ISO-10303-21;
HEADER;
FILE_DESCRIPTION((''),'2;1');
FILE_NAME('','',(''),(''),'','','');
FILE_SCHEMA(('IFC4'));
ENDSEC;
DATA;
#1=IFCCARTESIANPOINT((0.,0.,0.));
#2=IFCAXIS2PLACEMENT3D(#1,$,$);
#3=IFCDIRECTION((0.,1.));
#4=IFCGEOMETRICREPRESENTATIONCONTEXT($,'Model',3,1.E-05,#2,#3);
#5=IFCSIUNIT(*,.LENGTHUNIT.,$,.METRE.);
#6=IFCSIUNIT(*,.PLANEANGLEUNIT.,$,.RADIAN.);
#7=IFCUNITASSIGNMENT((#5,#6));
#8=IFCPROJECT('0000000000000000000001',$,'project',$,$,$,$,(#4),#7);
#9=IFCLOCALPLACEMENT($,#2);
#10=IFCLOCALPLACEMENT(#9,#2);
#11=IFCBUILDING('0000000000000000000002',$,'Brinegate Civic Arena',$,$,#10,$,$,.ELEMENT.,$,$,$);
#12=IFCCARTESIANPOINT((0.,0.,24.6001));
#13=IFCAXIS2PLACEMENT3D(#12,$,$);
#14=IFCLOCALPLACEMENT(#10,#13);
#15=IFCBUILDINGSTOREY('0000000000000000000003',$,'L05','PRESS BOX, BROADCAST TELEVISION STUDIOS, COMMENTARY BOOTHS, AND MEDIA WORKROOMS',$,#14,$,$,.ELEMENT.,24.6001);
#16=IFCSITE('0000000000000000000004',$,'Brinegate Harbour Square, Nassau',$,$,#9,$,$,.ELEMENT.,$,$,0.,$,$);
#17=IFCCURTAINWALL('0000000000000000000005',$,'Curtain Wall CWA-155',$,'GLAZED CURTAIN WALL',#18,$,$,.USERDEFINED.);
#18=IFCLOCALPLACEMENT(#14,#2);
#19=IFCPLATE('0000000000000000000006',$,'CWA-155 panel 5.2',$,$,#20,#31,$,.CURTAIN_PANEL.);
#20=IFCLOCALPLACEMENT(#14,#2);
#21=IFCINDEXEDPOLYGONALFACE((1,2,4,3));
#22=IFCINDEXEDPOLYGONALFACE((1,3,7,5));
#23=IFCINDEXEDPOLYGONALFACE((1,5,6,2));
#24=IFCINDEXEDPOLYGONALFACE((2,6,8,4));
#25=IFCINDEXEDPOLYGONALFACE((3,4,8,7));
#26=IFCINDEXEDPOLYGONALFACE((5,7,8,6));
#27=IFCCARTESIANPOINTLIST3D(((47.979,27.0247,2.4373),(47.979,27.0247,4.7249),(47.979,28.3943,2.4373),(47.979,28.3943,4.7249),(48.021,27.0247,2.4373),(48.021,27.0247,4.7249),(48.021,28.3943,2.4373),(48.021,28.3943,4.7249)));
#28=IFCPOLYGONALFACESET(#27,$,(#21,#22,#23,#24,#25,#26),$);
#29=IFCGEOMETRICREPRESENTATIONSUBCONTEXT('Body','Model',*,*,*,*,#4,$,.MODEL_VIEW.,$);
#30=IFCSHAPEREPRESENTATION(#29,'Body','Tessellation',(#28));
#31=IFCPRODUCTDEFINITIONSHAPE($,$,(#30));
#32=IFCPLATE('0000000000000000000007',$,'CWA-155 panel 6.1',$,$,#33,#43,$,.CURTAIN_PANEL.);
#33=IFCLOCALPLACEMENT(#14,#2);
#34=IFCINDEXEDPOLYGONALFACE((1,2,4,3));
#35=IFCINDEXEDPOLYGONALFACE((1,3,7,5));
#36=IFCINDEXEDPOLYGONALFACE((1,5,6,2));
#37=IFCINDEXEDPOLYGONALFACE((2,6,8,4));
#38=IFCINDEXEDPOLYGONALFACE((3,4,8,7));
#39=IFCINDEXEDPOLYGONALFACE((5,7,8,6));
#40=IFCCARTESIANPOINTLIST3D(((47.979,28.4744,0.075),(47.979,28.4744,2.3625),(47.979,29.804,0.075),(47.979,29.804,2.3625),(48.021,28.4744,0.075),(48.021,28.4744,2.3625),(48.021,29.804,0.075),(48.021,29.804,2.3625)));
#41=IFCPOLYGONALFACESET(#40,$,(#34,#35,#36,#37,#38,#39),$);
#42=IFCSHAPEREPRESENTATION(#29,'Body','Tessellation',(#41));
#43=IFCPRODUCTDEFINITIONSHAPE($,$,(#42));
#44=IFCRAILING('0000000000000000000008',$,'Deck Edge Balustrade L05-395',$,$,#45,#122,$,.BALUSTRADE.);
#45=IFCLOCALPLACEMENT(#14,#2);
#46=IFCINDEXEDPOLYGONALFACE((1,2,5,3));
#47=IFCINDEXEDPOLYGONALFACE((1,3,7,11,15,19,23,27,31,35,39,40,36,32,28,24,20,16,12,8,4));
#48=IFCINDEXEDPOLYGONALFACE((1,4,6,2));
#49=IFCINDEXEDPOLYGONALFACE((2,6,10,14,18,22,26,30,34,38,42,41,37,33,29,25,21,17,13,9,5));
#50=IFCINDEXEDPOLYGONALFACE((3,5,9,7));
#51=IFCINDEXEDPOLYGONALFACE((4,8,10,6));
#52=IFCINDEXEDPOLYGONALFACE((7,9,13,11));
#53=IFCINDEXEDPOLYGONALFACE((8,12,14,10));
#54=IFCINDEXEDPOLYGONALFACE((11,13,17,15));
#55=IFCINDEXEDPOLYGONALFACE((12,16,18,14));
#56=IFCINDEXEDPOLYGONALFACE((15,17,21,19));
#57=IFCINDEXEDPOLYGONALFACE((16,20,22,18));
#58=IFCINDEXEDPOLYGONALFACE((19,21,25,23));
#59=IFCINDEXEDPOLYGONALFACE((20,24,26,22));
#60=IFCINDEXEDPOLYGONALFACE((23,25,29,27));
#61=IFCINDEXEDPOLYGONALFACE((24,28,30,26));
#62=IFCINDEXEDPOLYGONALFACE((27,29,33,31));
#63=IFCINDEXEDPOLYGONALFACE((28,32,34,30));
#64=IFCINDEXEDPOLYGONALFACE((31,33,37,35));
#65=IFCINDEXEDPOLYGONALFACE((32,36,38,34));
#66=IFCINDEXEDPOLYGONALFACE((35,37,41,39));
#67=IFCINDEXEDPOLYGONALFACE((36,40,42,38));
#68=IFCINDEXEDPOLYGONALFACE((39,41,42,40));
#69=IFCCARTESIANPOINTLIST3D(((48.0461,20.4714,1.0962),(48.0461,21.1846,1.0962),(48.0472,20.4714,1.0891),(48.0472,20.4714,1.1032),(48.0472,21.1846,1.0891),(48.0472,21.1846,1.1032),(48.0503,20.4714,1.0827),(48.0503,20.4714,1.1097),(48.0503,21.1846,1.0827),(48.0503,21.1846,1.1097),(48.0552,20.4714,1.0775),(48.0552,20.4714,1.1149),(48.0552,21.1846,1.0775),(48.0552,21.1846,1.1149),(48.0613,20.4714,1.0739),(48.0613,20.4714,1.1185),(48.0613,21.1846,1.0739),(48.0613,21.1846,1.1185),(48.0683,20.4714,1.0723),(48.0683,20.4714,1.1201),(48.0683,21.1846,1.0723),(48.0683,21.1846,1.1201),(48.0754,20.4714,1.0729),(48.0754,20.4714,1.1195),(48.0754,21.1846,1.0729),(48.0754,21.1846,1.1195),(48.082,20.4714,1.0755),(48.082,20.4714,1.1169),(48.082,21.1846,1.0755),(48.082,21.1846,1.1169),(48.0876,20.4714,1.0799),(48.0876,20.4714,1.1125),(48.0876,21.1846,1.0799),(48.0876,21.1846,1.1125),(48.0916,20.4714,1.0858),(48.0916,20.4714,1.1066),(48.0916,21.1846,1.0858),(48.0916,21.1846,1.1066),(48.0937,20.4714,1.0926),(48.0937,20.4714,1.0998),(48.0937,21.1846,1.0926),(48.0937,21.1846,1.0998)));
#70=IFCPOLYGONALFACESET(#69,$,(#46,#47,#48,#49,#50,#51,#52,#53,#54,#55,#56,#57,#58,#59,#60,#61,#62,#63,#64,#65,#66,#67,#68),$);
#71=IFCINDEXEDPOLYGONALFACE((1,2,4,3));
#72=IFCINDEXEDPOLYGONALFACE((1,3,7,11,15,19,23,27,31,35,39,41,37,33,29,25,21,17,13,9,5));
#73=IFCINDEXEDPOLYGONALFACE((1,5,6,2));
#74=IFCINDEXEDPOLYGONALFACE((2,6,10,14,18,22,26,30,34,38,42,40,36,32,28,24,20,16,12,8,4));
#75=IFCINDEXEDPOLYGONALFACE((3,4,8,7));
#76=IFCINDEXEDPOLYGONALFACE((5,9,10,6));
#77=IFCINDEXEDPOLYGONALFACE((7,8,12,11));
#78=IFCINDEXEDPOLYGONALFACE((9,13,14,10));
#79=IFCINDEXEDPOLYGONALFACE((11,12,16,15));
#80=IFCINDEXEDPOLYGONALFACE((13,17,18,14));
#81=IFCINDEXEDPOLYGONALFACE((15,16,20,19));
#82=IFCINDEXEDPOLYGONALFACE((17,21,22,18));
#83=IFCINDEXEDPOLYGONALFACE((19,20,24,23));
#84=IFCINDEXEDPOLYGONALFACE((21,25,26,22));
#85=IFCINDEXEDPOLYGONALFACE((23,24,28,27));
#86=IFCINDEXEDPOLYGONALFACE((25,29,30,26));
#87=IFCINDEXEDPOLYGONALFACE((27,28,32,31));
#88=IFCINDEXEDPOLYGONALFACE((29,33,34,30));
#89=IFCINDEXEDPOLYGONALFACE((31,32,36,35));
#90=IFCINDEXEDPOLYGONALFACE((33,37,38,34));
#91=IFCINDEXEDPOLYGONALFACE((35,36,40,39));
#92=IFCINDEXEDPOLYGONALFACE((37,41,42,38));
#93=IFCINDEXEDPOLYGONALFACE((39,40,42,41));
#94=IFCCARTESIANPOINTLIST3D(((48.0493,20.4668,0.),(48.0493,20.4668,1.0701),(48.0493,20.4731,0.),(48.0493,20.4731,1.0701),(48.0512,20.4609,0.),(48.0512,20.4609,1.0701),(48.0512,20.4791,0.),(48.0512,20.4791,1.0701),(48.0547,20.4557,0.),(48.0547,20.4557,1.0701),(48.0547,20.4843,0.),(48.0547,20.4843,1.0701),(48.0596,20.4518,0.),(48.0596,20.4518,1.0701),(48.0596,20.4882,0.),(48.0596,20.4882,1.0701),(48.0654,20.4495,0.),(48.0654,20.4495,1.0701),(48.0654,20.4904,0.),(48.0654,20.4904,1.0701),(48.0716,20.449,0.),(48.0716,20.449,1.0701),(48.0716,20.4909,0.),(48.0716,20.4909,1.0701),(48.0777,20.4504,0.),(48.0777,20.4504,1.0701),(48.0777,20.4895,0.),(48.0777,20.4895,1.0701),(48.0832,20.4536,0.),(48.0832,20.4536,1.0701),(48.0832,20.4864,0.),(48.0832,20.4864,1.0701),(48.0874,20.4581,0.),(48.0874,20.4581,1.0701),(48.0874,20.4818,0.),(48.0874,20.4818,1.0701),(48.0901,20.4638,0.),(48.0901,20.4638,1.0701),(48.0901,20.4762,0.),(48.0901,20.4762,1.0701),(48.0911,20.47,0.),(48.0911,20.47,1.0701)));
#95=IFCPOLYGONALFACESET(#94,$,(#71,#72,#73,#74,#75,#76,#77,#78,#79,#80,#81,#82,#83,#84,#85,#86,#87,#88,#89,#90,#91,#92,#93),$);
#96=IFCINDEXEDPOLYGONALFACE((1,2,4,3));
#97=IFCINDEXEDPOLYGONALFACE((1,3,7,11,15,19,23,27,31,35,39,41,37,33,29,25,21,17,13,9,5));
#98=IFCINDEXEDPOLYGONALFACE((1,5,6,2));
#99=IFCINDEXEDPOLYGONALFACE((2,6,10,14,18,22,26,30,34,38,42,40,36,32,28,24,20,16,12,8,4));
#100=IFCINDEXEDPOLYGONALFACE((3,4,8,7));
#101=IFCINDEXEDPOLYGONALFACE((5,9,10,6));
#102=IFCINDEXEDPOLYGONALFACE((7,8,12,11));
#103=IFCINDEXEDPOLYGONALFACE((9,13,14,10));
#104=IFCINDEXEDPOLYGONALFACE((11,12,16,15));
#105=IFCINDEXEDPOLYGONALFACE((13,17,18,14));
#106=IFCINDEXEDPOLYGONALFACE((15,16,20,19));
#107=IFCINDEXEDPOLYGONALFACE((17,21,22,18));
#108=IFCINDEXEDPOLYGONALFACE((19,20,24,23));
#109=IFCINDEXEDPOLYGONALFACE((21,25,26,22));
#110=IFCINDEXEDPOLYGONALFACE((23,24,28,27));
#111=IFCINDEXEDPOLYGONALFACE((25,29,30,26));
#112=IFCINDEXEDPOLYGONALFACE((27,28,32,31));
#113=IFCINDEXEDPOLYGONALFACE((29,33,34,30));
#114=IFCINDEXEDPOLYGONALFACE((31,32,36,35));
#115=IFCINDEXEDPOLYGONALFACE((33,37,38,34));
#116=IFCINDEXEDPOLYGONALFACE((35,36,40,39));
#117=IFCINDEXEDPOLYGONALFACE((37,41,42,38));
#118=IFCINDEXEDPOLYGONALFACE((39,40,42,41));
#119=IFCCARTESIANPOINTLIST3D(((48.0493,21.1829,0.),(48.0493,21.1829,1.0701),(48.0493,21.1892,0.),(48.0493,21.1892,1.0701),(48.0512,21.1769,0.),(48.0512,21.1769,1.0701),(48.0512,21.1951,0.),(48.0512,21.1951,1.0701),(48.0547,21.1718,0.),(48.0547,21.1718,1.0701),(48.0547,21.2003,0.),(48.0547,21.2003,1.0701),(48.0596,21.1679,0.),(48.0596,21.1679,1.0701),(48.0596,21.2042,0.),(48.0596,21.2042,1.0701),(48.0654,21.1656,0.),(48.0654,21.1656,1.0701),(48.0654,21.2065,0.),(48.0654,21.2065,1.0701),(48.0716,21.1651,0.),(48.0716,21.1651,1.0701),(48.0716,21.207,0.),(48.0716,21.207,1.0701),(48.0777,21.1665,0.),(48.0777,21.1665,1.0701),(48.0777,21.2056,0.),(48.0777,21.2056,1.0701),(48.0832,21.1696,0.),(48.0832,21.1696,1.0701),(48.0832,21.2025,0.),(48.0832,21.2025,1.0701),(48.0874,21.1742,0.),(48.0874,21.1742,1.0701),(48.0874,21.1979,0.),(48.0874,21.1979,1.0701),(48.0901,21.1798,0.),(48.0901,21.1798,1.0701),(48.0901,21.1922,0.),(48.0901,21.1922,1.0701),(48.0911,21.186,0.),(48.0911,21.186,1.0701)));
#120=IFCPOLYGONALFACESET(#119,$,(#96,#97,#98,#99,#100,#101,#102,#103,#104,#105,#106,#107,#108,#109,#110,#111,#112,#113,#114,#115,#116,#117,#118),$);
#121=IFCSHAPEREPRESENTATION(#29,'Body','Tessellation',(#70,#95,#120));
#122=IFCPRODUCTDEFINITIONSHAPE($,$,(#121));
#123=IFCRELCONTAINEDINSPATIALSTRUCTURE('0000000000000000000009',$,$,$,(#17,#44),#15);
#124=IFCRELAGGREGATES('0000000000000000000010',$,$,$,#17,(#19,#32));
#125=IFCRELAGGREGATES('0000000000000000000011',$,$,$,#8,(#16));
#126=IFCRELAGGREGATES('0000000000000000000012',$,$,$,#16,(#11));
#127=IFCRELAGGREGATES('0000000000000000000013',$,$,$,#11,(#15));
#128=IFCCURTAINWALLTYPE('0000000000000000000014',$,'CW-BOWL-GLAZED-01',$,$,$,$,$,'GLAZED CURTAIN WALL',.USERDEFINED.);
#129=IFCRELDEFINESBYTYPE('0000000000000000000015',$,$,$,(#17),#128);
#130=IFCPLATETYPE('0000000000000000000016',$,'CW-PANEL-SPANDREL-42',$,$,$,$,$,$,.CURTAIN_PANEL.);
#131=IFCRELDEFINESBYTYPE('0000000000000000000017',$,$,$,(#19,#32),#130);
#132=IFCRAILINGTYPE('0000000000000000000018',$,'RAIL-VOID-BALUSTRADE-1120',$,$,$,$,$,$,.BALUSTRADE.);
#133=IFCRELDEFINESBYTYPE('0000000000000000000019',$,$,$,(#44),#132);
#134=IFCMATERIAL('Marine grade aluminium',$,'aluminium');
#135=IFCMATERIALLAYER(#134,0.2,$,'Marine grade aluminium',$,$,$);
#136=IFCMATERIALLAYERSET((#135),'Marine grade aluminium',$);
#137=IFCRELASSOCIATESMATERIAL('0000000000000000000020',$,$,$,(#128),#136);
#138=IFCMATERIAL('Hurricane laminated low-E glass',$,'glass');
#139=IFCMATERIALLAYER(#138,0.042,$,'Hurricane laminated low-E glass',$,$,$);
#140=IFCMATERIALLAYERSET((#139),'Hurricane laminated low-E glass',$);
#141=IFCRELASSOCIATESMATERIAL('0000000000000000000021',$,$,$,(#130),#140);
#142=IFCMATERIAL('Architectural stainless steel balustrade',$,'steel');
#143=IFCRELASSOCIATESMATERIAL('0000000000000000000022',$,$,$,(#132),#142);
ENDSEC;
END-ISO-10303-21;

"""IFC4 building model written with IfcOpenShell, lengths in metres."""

from ifc_helpers import new_model, si_unit, direction, frame, origin, origin_2d, place, context, subcontext, project, spatial, rectangle, circle, extrude, material, layer, layer_set, type_object, element, aggregate, save


model = new_model("IFC4")

# Units and contexts
model_context = context("Model", 3, precision=1e-05, world=origin(), true_north=direction((0.0, 1.0)))
body_context = subcontext(model_context, "Body", "Model", "MODEL_VIEW")
ifc_project = project(units=[si_unit("LENGTHUNIT", "METRE"), si_unit("PLANEANGLEUNIT", "RADIAN")], contexts=[model_context])

# Site, building, storey
site_placement = place(None, origin())
site = spatial("IfcSite", under=ifc_project, at=site_placement, Name="Brinegate Harbour Square, Nassau", CompositionType="ELEMENT", RefElevation=0.0)
building_placement = place(site_placement, origin())
building = spatial("IfcBuilding", under=site, at=building_placement, Name="Brinegate Civic Arena", CompositionType="ELEMENT")
storey_placement = place(building_placement, frame((0.0, 0.0, 24.6001)))
storey = spatial("IfcBuildingStorey", under=building, at=storey_placement, Name="L05", Description="PRESS BOX, BROADCAST TELEVISION STUDIOS, COMMENTARY BOOTHS, AND MEDIA WORKROOMS", CompositionType="ELEMENT", Elevation=24.6001)

# Curtain wall
ifc_material_1 = material(Name="Marine grade aluminium", Category="aluminium")
ifc_layer_1 = layer(ifc_material_1, 0.2, Name="Marine grade aluminium")
ifc_layer_set_1 = layer_set([ifc_layer_1], Name="Marine grade aluminium")
curtain_wall_type = type_object("IfcCurtainWallType", Name="CW-BOWL-GLAZED-01", ElementType="GLAZED CURTAIN WALL", PredefinedType="USERDEFINED", material=ifc_layer_set_1)
curtain_wall_placement = place(storey_placement, origin())
curtain_wall = element("IfcCurtainWall", 1, at=curtain_wall_placement, inside=storey, type_object=curtain_wall_type, Name="Curtain Wall CWA-155", ObjectType="GLAZED CURTAIN WALL", PredefinedType="USERDEFINED")

# Plates
ifc_material_2 = material(Name="Hurricane laminated low-E glass", Category="glass")
ifc_layer_2 = layer(ifc_material_2, 0.042, Name="Hurricane laminated low-E glass")
ifc_layer_set_2 = layer_set([ifc_layer_2], Name="Hurricane laminated low-E glass")
plate_type = type_object("IfcPlateType", Name="CW-PANEL-SPANDREL-42", PredefinedType="CURTAIN_PANEL", material=ifc_layer_set_2)
plate_1_placement = place(storey_placement, frame((48.0, 27.7095, 2.4373), z_axis=(0.0, 0.0, 1.0), x_axis=(0.0, 1.0, 0.0)))
plate_1 = element("IfcPlate", 2, at=plate_1_placement, type_object=plate_type, Name="CWA-155 panel 5.2", PredefinedType="CURTAIN_PANEL", context=body_context, shape_type="SweptSolid", body=[
    extrude(rectangle(XDim=1.3696, YDim=0.042, at=origin_2d()), origin(), (0.0, 0.0, 1.0), 2.2876),
])
plate_2_placement = place(storey_placement, frame((48.0, 29.1392, 0.075), z_axis=(0.0, 0.0, 1.0), x_axis=(0.0, 1.0, 0.0)))
plate_2 = element("IfcPlate", 3, at=plate_2_placement, type_object=plate_type, Name="CWA-155 panel 6.1", PredefinedType="CURTAIN_PANEL", context=body_context, shape_type="SweptSolid", body=[
    extrude(rectangle(XDim=1.3296, YDim=0.042, at=origin_2d()), origin(), (0.0, 0.0, 1.0), 2.2876),
])
aggregate(curtain_wall, [plate_1, plate_2])

# Railing
ifc_material_3 = material(Name="Architectural stainless steel balustrade", Category="steel")
railing_type = type_object("IfcRailingType", Name="RAIL-VOID-BALUSTRADE-1120", PredefinedType="BALUSTRADE", material=ifc_material_3)
railing_placement = place(storey_placement, frame((48.0701, 20.47, 0.0)))
element("IfcRailing", 4, at=railing_placement, inside=storey, type_object=railing_type, Name="Deck Edge Balustrade L05-395", PredefinedType="BALUSTRADE", context=body_context, shape_type="SweptSolid", body=[
    extrude(circle(Radius=0.0239, at=origin_2d()), frame((0.0, 0.0015, 1.0962), z_axis=(0.0, 1.0, 0.0), x_axis=(-1.0, 0.0, 0.0)), (0.0, 0.0, 1.0), 0.7131),
    extrude(circle(Radius=0.021, at=origin_2d()), origin(), (0.0, 0.0, 1.0), 1.0701),
    extrude(circle(Radius=0.021, at=origin_2d()), frame((0.0, 0.7161, 0.0)), (0.0, 0.0, 1.0), 1.0701),
])

save(model, "model.ifc")
